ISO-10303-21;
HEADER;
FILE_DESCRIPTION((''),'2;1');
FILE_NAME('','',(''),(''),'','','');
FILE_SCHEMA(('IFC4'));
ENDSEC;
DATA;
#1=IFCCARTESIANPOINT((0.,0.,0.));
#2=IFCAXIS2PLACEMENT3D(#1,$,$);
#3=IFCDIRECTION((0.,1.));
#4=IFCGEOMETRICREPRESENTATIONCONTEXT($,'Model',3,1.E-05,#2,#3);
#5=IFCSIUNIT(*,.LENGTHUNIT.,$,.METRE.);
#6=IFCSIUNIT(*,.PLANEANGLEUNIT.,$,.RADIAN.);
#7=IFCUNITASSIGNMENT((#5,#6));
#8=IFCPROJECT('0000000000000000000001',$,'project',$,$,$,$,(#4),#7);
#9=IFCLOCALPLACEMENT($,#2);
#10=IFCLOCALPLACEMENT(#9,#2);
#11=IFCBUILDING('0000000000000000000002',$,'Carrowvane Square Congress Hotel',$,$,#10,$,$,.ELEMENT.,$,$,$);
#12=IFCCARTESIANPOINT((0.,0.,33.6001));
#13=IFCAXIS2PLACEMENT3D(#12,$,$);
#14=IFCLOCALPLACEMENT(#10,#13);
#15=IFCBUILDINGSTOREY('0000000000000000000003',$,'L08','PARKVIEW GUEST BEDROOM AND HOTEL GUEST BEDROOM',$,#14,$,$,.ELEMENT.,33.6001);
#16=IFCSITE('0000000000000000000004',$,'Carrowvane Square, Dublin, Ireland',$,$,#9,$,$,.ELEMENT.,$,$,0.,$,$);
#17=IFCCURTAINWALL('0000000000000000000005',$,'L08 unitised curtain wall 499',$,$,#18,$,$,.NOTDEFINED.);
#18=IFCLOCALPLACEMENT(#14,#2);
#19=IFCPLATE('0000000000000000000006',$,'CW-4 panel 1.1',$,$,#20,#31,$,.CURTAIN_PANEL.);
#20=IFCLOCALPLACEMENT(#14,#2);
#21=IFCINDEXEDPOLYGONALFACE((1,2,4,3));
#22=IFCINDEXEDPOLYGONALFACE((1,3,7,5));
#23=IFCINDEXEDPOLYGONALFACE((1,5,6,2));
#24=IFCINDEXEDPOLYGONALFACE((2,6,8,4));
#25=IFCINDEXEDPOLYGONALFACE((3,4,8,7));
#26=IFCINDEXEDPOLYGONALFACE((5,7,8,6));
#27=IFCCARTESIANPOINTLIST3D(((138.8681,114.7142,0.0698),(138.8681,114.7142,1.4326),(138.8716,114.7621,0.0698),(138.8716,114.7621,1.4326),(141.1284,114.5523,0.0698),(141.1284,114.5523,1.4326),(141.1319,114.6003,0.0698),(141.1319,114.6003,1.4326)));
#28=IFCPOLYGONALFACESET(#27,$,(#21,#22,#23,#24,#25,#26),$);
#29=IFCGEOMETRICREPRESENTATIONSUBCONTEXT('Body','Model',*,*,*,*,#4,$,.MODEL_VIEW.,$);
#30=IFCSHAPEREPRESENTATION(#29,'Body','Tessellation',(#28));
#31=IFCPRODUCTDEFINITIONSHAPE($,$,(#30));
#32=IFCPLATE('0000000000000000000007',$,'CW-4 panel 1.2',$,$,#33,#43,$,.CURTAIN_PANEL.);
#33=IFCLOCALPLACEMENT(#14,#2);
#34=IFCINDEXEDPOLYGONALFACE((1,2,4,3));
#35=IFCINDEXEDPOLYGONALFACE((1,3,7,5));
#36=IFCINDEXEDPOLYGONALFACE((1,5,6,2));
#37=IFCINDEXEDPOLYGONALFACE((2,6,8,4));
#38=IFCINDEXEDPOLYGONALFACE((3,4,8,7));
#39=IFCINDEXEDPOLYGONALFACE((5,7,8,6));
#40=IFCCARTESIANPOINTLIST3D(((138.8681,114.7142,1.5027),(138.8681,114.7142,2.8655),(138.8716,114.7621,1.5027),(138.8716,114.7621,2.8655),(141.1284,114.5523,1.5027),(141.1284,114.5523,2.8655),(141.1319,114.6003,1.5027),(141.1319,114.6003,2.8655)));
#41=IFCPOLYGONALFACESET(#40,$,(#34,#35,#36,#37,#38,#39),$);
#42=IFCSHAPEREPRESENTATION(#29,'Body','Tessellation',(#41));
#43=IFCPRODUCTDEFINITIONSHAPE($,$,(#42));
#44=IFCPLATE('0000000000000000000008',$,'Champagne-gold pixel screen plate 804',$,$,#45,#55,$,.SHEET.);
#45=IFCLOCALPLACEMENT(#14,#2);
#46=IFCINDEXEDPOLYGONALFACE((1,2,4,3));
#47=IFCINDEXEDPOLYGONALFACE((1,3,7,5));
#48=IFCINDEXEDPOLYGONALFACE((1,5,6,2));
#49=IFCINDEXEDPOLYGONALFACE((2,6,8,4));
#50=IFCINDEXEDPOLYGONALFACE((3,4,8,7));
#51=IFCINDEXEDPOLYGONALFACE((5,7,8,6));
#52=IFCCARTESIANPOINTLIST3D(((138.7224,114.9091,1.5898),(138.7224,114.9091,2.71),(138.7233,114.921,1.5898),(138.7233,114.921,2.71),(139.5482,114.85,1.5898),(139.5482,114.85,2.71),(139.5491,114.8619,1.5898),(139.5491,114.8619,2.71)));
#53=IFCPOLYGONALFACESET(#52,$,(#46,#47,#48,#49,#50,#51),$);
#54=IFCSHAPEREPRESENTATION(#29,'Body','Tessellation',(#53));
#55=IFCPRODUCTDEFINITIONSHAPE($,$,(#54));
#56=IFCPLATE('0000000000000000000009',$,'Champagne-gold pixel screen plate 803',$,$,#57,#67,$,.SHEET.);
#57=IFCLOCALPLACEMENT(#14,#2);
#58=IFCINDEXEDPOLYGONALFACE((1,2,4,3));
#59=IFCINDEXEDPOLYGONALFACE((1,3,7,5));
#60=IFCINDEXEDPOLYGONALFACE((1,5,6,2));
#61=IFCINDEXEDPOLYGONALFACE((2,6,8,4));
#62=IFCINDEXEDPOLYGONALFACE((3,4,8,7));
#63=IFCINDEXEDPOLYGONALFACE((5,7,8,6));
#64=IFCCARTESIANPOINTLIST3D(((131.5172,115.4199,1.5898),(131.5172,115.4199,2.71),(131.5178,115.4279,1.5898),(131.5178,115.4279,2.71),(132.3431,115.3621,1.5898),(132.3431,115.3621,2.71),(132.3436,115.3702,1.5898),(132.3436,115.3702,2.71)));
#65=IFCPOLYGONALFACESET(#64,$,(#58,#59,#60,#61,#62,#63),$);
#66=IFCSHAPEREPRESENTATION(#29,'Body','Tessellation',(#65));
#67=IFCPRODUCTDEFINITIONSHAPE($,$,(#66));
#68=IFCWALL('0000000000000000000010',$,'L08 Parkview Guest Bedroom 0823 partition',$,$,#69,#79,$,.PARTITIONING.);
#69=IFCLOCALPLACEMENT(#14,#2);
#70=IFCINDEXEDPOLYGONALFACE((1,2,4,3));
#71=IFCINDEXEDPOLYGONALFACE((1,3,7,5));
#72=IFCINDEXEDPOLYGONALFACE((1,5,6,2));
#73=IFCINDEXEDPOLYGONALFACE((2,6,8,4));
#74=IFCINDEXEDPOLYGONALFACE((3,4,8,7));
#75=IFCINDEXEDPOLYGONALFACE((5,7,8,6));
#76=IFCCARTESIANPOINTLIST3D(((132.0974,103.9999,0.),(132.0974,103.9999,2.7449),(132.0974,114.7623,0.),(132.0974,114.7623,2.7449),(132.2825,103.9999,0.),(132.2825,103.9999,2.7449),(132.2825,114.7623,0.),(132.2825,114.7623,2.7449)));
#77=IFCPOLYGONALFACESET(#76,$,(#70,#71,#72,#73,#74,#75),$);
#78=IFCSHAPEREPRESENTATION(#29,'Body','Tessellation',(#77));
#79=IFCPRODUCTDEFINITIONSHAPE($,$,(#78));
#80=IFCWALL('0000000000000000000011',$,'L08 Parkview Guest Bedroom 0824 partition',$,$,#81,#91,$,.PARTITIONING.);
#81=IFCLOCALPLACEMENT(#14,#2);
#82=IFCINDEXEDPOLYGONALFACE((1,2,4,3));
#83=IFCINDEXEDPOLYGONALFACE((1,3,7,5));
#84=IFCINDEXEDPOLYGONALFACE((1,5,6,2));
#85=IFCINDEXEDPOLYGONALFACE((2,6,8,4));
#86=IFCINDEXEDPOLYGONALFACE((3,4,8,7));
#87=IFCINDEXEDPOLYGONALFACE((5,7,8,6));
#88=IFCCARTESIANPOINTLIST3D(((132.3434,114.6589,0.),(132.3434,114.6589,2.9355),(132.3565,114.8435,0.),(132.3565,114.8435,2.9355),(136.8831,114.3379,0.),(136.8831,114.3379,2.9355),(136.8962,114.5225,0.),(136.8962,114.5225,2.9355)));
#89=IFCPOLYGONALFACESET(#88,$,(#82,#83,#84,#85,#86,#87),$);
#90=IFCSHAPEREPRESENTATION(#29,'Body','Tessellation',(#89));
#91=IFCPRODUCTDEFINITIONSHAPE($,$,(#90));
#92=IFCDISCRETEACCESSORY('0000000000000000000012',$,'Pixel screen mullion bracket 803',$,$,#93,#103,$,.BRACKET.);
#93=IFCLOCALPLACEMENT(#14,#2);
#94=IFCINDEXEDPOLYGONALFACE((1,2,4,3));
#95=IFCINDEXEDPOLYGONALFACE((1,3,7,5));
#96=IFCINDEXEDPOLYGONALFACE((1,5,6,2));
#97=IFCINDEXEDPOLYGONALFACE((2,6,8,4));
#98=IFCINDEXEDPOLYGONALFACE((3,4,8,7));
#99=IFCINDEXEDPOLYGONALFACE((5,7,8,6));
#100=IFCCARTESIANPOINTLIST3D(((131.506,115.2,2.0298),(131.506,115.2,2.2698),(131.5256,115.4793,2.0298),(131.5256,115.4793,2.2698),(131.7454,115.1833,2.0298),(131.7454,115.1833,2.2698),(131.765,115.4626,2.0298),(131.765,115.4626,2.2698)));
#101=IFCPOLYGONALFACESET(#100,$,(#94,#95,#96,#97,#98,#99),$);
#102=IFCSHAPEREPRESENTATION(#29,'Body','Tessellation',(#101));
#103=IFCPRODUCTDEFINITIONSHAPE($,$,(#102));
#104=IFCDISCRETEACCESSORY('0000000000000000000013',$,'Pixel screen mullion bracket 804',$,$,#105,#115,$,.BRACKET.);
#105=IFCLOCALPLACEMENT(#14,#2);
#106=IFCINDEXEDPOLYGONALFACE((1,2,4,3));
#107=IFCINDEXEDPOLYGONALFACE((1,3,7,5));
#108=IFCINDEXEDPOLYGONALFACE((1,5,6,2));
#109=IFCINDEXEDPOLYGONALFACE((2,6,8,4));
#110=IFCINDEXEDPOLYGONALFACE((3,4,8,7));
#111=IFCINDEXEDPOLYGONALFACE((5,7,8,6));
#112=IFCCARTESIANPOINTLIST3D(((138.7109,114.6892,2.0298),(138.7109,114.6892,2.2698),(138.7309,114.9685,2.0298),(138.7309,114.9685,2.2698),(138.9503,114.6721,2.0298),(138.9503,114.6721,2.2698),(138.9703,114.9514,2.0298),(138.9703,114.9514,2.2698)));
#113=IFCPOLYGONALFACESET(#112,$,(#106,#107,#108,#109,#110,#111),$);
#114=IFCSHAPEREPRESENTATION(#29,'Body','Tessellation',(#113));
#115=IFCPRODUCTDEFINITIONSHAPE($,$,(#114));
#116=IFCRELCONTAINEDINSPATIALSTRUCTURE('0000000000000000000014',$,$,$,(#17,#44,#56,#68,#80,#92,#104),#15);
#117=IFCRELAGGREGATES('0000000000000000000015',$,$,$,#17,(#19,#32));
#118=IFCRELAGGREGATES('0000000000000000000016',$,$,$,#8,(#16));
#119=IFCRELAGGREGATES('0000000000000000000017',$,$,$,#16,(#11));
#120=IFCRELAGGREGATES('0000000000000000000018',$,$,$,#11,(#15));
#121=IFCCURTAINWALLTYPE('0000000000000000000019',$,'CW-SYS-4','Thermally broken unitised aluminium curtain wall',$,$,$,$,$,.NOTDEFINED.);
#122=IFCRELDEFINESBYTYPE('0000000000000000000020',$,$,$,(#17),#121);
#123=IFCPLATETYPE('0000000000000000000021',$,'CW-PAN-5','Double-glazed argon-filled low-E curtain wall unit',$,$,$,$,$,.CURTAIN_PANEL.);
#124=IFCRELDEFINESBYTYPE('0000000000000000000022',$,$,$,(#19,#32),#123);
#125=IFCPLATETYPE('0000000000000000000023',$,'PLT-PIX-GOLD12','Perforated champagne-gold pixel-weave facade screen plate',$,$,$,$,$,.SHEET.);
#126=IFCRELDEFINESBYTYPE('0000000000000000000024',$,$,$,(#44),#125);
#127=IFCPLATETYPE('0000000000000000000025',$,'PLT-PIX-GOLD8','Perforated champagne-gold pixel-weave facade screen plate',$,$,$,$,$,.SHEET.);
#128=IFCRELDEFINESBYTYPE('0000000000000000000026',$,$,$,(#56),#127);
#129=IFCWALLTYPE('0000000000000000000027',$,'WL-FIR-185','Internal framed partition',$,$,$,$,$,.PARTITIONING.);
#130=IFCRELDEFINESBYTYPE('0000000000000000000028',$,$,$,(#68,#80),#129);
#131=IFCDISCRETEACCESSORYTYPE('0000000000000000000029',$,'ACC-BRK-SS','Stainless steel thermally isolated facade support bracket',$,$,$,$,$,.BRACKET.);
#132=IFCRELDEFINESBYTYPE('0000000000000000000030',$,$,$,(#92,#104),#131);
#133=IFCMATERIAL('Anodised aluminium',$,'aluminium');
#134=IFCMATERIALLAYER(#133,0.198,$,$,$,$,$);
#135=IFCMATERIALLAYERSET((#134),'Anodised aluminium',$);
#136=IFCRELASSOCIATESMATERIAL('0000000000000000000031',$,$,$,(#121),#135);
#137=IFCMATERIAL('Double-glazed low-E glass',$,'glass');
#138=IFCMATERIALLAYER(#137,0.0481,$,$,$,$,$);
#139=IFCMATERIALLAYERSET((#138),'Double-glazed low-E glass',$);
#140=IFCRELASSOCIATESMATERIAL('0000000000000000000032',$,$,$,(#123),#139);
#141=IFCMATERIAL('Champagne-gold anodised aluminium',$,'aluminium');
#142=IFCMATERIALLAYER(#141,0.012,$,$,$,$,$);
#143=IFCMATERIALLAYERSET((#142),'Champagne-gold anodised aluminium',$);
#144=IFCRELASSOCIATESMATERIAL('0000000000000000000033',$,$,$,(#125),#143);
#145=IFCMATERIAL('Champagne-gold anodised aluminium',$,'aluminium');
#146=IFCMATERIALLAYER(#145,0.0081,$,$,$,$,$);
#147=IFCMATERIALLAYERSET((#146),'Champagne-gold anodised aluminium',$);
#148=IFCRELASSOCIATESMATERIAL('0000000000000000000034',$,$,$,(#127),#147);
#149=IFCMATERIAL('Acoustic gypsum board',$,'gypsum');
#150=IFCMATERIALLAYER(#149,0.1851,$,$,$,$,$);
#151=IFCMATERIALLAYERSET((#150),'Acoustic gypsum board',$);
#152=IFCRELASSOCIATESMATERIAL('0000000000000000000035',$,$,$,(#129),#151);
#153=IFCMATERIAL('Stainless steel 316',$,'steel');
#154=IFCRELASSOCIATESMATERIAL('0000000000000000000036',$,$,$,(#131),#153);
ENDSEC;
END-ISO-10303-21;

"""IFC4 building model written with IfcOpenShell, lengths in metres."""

from ifc_helpers import new_model, si_unit, direction, frame, frame_2d, origin, origin_2d, place, context, subcontext, project, spatial, rectangle, extrude, material, layer, layer_set, type_object, element, aggregate, save


model = new_model("IFC4")

# Units and contexts
model_context = context("Model", 3, precision=1e-05, world=origin(), true_north=direction((0.0, 1.0)))
body_context = subcontext(model_context, "Body", "Model", "MODEL_VIEW")
ifc_project = project(units=[si_unit("LENGTHUNIT", "METRE"), si_unit("PLANEANGLEUNIT", "RADIAN")], contexts=[model_context])

# Site, building, storey
site_placement = place(None, origin())
site = spatial("IfcSite", under=ifc_project, at=site_placement, Name="Carrowvane Square, Dublin, Ireland", CompositionType="ELEMENT", RefElevation=0.0)
building_placement = place(site_placement, origin())
building = spatial("IfcBuilding", under=site, at=building_placement, Name="Carrowvane Square Congress Hotel", CompositionType="ELEMENT")
storey_placement = place(building_placement, frame((0.0, 0.0, 33.6001)))
storey = spatial("IfcBuildingStorey", under=building, at=storey_placement, Name="L08", Description="PARKVIEW GUEST BEDROOM AND HOTEL GUEST BEDROOM", CompositionType="ELEMENT", Elevation=33.6001)

# Curtain wall
ifc_material_1 = material(Name="Anodised aluminium", Category="aluminium")
ifc_layer_1 = layer(ifc_material_1, 0.198)
ifc_layer_set_1 = layer_set([ifc_layer_1], Name="Anodised aluminium")
curtain_wall_type_1 = type_object("IfcCurtainWallType", Name="CW-SYS-4", Description="Thermally broken unitised aluminium curtain wall", PredefinedType="NOTDEFINED", material=ifc_layer_set_1)
curtain_wall_1_placement = place(storey_placement, origin())
curtain_wall_1 = element("IfcCurtainWall", 1, at=curtain_wall_1_placement, inside=storey, type_object=curtain_wall_type_1, Name="L08 unitised curtain wall 499", PredefinedType="NOTDEFINED")

# Plates
ifc_material_2 = material(Name="Double-glazed low-E glass", Category="glass")
ifc_layer_2 = layer(ifc_material_2, 0.0481)
ifc_layer_set_2 = layer_set([ifc_layer_2], Name="Double-glazed low-E glass")
plate_type_1 = type_object("IfcPlateType", Name="CW-PAN-5", Description="Double-glazed argon-filled low-E curtain wall unit", PredefinedType="CURTAIN_PANEL", material=ifc_layer_set_2)
plate_1_placement = place(storey_placement, frame((140.0, 114.6572, 0.0698), z_axis=(0.0, 0.0, 1.0), x_axis=(0.997446, -0.071422, 0.0)))
plate_1 = element("IfcPlate", 2, at=plate_1_placement, type_object=plate_type_1, Name="CW-4 panel 1.1", PredefinedType="CURTAIN_PANEL", context=body_context, shape_type="SweptSolid", body=[
    extrude(rectangle(XDim=2.2661, YDim=0.0481, at=origin_2d()), origin(), (0.0, 0.0, 1.0), 1.3628),
])
plate_2_placement = place(storey_placement, frame((140.0, 114.6572, 1.5027), z_axis=(0.0, 0.0, 1.0), x_axis=(0.997446, -0.071422, 0.0)))
plate_2 = element("IfcPlate", 3, at=plate_2_placement, type_object=plate_type_1, Name="CW-4 panel 1.2", PredefinedType="CURTAIN_PANEL", context=body_context, shape_type="SweptSolid", body=[
    extrude(rectangle(XDim=2.2661, YDim=0.0481, at=origin_2d()), origin(), (0.0, 0.0, 1.0), 1.3628),
])
aggregate(curtain_wall_1, [plate_1, plate_2])

# Plates
ifc_material_3 = material(Name="Champagne-gold anodised aluminium", Category="aluminium")
ifc_layer_3 = layer(ifc_material_3, 0.012)
ifc_layer_set_3 = layer_set([ifc_layer_3], Name="Champagne-gold anodised aluminium")
plate_type_2 = type_object("IfcPlateType", Name="PLT-PIX-GOLD12", Description="Perforated champagne-gold pixel-weave facade screen plate", PredefinedType="SHEET", material=ifc_layer_set_3)
plate_3_placement = place(storey_placement, frame((139.1357, 114.8855, 1.5898), z_axis=(0.0, 0.0, 1.0), x_axis=(0.997446, -0.07142, 0.0)))
element("IfcPlate", 4, at=plate_3_placement, inside=storey, type_object=plate_type_2, Name="Champagne-gold pixel screen plate 804", PredefinedType="SHEET", context=body_context, shape_type="SweptSolid", body=[
    extrude(rectangle(XDim=0.8279, YDim=0.012, at=origin_2d()), origin(), (0.0, 0.0, 1.0), 1.1201),
])
ifc_material_4 = material(Name="Champagne-gold anodised aluminium", Category="aluminium")
ifc_layer_4 = layer(ifc_material_4, 0.0081)
ifc_layer_set_4 = layer_set([ifc_layer_4], Name="Champagne-gold anodised aluminium")
plate_type_3 = type_object("IfcPlateType", Name="PLT-PIX-GOLD8", Description="Perforated champagne-gold pixel-weave facade screen plate", PredefinedType="SHEET", material=ifc_layer_set_4)
plate_4_placement = place(storey_placement, frame((131.9304, 115.395, 1.5898), z_axis=(0.0, 0.0, 1.0), x_axis=(0.997566, -0.069725, 0.0)))
element("IfcPlate", 5, at=plate_4_placement, inside=storey, type_object=plate_type_3, Name="Champagne-gold pixel screen plate 803", PredefinedType="SHEET", context=body_context, shape_type="SweptSolid", body=[
    extrude(rectangle(XDim=0.8279, YDim=0.0081, at=origin_2d()), origin(), (0.0, 0.0, 1.0), 1.1201),
])

# Walls
ifc_material_5 = material(Name="Acoustic gypsum board", Category="gypsum")
ifc_layer_5 = layer(ifc_material_5, 0.1851)
ifc_layer_set_5 = layer_set([ifc_layer_5], Name="Acoustic gypsum board")
wall_type = type_object("IfcWallType", Name="WL-FIR-185", Description="Internal framed partition", PredefinedType="PARTITIONING", material=ifc_layer_set_5)
wall_1_placement = place(storey_placement, frame((132.1899, 114.7625, 0.0), z_axis=(0.0, 0.0, 1.0), x_axis=(0.0, -1.0, 0.0)))
element("IfcWall", 6, at=wall_1_placement, inside=storey, type_object=wall_type, Name="L08 Parkview Guest Bedroom 0823 partition", PredefinedType="PARTITIONING", context=body_context, shape_type="SweptSolid", body=[
    extrude(rectangle(XDim=10.7625, YDim=0.1851, at=frame_2d((5.3813, 0.0))), origin(), (0.0, 0.0, 1.0), 2.7449),
])
wall_2_placement = place(storey_placement, frame((132.3501, 114.7512, 0.0), z_axis=(0.0, 0.0, 1.0), x_axis=(0.997509, -0.070542, 0.0)))
element("IfcWall", 7, at=wall_2_placement, inside=storey, type_object=wall_type, Name="L08 Parkview Guest Bedroom 0824 partition", PredefinedType="PARTITIONING", context=body_context, shape_type="SweptSolid", body=[
    extrude(rectangle(XDim=4.551, YDim=0.1851, at=frame_2d((2.2754, 0.0))), origin(), (0.0, 0.0, 1.0), 2.9355),
])

# Discrete accessories
ifc_material_6 = material(Name="Stainless steel 316", Category="steel")
discrete_accessory_type = type_object("IfcDiscreteAccessoryType", Name="ACC-BRK-SS", Description="Stainless steel thermally isolated facade support bracket", PredefinedType="BRACKET", material=ifc_material_6)
for number, where, z_axis, x_axis, name in (
    (8, (131.6355, 115.3313, 2.0298), (0.0, 0.0, 1.0), (0.997566, -0.069725, 0.0), "Pixel screen mullion bracket 803"),
    (9, (138.8406, 114.8203, 2.0298), (0.0, 0.0, 1.0), (0.997446, -0.07142, 0.0), "Pixel screen mullion bracket 804"),
):
    element("IfcDiscreteAccessory", number, at=place(storey_placement, frame(where, z_axis=z_axis, x_axis=x_axis)), inside=storey, type_object=discrete_accessory_type, Name=name, PredefinedType="BRACKET", context=body_context, shape_type="SweptSolid", body=[
        extrude(rectangle(XDim=0.24, YDim=0.28, at=origin_2d()), origin(), (0.0, 0.0, 1.0), 0.24),
    ])

save(model, "model.ifc")
